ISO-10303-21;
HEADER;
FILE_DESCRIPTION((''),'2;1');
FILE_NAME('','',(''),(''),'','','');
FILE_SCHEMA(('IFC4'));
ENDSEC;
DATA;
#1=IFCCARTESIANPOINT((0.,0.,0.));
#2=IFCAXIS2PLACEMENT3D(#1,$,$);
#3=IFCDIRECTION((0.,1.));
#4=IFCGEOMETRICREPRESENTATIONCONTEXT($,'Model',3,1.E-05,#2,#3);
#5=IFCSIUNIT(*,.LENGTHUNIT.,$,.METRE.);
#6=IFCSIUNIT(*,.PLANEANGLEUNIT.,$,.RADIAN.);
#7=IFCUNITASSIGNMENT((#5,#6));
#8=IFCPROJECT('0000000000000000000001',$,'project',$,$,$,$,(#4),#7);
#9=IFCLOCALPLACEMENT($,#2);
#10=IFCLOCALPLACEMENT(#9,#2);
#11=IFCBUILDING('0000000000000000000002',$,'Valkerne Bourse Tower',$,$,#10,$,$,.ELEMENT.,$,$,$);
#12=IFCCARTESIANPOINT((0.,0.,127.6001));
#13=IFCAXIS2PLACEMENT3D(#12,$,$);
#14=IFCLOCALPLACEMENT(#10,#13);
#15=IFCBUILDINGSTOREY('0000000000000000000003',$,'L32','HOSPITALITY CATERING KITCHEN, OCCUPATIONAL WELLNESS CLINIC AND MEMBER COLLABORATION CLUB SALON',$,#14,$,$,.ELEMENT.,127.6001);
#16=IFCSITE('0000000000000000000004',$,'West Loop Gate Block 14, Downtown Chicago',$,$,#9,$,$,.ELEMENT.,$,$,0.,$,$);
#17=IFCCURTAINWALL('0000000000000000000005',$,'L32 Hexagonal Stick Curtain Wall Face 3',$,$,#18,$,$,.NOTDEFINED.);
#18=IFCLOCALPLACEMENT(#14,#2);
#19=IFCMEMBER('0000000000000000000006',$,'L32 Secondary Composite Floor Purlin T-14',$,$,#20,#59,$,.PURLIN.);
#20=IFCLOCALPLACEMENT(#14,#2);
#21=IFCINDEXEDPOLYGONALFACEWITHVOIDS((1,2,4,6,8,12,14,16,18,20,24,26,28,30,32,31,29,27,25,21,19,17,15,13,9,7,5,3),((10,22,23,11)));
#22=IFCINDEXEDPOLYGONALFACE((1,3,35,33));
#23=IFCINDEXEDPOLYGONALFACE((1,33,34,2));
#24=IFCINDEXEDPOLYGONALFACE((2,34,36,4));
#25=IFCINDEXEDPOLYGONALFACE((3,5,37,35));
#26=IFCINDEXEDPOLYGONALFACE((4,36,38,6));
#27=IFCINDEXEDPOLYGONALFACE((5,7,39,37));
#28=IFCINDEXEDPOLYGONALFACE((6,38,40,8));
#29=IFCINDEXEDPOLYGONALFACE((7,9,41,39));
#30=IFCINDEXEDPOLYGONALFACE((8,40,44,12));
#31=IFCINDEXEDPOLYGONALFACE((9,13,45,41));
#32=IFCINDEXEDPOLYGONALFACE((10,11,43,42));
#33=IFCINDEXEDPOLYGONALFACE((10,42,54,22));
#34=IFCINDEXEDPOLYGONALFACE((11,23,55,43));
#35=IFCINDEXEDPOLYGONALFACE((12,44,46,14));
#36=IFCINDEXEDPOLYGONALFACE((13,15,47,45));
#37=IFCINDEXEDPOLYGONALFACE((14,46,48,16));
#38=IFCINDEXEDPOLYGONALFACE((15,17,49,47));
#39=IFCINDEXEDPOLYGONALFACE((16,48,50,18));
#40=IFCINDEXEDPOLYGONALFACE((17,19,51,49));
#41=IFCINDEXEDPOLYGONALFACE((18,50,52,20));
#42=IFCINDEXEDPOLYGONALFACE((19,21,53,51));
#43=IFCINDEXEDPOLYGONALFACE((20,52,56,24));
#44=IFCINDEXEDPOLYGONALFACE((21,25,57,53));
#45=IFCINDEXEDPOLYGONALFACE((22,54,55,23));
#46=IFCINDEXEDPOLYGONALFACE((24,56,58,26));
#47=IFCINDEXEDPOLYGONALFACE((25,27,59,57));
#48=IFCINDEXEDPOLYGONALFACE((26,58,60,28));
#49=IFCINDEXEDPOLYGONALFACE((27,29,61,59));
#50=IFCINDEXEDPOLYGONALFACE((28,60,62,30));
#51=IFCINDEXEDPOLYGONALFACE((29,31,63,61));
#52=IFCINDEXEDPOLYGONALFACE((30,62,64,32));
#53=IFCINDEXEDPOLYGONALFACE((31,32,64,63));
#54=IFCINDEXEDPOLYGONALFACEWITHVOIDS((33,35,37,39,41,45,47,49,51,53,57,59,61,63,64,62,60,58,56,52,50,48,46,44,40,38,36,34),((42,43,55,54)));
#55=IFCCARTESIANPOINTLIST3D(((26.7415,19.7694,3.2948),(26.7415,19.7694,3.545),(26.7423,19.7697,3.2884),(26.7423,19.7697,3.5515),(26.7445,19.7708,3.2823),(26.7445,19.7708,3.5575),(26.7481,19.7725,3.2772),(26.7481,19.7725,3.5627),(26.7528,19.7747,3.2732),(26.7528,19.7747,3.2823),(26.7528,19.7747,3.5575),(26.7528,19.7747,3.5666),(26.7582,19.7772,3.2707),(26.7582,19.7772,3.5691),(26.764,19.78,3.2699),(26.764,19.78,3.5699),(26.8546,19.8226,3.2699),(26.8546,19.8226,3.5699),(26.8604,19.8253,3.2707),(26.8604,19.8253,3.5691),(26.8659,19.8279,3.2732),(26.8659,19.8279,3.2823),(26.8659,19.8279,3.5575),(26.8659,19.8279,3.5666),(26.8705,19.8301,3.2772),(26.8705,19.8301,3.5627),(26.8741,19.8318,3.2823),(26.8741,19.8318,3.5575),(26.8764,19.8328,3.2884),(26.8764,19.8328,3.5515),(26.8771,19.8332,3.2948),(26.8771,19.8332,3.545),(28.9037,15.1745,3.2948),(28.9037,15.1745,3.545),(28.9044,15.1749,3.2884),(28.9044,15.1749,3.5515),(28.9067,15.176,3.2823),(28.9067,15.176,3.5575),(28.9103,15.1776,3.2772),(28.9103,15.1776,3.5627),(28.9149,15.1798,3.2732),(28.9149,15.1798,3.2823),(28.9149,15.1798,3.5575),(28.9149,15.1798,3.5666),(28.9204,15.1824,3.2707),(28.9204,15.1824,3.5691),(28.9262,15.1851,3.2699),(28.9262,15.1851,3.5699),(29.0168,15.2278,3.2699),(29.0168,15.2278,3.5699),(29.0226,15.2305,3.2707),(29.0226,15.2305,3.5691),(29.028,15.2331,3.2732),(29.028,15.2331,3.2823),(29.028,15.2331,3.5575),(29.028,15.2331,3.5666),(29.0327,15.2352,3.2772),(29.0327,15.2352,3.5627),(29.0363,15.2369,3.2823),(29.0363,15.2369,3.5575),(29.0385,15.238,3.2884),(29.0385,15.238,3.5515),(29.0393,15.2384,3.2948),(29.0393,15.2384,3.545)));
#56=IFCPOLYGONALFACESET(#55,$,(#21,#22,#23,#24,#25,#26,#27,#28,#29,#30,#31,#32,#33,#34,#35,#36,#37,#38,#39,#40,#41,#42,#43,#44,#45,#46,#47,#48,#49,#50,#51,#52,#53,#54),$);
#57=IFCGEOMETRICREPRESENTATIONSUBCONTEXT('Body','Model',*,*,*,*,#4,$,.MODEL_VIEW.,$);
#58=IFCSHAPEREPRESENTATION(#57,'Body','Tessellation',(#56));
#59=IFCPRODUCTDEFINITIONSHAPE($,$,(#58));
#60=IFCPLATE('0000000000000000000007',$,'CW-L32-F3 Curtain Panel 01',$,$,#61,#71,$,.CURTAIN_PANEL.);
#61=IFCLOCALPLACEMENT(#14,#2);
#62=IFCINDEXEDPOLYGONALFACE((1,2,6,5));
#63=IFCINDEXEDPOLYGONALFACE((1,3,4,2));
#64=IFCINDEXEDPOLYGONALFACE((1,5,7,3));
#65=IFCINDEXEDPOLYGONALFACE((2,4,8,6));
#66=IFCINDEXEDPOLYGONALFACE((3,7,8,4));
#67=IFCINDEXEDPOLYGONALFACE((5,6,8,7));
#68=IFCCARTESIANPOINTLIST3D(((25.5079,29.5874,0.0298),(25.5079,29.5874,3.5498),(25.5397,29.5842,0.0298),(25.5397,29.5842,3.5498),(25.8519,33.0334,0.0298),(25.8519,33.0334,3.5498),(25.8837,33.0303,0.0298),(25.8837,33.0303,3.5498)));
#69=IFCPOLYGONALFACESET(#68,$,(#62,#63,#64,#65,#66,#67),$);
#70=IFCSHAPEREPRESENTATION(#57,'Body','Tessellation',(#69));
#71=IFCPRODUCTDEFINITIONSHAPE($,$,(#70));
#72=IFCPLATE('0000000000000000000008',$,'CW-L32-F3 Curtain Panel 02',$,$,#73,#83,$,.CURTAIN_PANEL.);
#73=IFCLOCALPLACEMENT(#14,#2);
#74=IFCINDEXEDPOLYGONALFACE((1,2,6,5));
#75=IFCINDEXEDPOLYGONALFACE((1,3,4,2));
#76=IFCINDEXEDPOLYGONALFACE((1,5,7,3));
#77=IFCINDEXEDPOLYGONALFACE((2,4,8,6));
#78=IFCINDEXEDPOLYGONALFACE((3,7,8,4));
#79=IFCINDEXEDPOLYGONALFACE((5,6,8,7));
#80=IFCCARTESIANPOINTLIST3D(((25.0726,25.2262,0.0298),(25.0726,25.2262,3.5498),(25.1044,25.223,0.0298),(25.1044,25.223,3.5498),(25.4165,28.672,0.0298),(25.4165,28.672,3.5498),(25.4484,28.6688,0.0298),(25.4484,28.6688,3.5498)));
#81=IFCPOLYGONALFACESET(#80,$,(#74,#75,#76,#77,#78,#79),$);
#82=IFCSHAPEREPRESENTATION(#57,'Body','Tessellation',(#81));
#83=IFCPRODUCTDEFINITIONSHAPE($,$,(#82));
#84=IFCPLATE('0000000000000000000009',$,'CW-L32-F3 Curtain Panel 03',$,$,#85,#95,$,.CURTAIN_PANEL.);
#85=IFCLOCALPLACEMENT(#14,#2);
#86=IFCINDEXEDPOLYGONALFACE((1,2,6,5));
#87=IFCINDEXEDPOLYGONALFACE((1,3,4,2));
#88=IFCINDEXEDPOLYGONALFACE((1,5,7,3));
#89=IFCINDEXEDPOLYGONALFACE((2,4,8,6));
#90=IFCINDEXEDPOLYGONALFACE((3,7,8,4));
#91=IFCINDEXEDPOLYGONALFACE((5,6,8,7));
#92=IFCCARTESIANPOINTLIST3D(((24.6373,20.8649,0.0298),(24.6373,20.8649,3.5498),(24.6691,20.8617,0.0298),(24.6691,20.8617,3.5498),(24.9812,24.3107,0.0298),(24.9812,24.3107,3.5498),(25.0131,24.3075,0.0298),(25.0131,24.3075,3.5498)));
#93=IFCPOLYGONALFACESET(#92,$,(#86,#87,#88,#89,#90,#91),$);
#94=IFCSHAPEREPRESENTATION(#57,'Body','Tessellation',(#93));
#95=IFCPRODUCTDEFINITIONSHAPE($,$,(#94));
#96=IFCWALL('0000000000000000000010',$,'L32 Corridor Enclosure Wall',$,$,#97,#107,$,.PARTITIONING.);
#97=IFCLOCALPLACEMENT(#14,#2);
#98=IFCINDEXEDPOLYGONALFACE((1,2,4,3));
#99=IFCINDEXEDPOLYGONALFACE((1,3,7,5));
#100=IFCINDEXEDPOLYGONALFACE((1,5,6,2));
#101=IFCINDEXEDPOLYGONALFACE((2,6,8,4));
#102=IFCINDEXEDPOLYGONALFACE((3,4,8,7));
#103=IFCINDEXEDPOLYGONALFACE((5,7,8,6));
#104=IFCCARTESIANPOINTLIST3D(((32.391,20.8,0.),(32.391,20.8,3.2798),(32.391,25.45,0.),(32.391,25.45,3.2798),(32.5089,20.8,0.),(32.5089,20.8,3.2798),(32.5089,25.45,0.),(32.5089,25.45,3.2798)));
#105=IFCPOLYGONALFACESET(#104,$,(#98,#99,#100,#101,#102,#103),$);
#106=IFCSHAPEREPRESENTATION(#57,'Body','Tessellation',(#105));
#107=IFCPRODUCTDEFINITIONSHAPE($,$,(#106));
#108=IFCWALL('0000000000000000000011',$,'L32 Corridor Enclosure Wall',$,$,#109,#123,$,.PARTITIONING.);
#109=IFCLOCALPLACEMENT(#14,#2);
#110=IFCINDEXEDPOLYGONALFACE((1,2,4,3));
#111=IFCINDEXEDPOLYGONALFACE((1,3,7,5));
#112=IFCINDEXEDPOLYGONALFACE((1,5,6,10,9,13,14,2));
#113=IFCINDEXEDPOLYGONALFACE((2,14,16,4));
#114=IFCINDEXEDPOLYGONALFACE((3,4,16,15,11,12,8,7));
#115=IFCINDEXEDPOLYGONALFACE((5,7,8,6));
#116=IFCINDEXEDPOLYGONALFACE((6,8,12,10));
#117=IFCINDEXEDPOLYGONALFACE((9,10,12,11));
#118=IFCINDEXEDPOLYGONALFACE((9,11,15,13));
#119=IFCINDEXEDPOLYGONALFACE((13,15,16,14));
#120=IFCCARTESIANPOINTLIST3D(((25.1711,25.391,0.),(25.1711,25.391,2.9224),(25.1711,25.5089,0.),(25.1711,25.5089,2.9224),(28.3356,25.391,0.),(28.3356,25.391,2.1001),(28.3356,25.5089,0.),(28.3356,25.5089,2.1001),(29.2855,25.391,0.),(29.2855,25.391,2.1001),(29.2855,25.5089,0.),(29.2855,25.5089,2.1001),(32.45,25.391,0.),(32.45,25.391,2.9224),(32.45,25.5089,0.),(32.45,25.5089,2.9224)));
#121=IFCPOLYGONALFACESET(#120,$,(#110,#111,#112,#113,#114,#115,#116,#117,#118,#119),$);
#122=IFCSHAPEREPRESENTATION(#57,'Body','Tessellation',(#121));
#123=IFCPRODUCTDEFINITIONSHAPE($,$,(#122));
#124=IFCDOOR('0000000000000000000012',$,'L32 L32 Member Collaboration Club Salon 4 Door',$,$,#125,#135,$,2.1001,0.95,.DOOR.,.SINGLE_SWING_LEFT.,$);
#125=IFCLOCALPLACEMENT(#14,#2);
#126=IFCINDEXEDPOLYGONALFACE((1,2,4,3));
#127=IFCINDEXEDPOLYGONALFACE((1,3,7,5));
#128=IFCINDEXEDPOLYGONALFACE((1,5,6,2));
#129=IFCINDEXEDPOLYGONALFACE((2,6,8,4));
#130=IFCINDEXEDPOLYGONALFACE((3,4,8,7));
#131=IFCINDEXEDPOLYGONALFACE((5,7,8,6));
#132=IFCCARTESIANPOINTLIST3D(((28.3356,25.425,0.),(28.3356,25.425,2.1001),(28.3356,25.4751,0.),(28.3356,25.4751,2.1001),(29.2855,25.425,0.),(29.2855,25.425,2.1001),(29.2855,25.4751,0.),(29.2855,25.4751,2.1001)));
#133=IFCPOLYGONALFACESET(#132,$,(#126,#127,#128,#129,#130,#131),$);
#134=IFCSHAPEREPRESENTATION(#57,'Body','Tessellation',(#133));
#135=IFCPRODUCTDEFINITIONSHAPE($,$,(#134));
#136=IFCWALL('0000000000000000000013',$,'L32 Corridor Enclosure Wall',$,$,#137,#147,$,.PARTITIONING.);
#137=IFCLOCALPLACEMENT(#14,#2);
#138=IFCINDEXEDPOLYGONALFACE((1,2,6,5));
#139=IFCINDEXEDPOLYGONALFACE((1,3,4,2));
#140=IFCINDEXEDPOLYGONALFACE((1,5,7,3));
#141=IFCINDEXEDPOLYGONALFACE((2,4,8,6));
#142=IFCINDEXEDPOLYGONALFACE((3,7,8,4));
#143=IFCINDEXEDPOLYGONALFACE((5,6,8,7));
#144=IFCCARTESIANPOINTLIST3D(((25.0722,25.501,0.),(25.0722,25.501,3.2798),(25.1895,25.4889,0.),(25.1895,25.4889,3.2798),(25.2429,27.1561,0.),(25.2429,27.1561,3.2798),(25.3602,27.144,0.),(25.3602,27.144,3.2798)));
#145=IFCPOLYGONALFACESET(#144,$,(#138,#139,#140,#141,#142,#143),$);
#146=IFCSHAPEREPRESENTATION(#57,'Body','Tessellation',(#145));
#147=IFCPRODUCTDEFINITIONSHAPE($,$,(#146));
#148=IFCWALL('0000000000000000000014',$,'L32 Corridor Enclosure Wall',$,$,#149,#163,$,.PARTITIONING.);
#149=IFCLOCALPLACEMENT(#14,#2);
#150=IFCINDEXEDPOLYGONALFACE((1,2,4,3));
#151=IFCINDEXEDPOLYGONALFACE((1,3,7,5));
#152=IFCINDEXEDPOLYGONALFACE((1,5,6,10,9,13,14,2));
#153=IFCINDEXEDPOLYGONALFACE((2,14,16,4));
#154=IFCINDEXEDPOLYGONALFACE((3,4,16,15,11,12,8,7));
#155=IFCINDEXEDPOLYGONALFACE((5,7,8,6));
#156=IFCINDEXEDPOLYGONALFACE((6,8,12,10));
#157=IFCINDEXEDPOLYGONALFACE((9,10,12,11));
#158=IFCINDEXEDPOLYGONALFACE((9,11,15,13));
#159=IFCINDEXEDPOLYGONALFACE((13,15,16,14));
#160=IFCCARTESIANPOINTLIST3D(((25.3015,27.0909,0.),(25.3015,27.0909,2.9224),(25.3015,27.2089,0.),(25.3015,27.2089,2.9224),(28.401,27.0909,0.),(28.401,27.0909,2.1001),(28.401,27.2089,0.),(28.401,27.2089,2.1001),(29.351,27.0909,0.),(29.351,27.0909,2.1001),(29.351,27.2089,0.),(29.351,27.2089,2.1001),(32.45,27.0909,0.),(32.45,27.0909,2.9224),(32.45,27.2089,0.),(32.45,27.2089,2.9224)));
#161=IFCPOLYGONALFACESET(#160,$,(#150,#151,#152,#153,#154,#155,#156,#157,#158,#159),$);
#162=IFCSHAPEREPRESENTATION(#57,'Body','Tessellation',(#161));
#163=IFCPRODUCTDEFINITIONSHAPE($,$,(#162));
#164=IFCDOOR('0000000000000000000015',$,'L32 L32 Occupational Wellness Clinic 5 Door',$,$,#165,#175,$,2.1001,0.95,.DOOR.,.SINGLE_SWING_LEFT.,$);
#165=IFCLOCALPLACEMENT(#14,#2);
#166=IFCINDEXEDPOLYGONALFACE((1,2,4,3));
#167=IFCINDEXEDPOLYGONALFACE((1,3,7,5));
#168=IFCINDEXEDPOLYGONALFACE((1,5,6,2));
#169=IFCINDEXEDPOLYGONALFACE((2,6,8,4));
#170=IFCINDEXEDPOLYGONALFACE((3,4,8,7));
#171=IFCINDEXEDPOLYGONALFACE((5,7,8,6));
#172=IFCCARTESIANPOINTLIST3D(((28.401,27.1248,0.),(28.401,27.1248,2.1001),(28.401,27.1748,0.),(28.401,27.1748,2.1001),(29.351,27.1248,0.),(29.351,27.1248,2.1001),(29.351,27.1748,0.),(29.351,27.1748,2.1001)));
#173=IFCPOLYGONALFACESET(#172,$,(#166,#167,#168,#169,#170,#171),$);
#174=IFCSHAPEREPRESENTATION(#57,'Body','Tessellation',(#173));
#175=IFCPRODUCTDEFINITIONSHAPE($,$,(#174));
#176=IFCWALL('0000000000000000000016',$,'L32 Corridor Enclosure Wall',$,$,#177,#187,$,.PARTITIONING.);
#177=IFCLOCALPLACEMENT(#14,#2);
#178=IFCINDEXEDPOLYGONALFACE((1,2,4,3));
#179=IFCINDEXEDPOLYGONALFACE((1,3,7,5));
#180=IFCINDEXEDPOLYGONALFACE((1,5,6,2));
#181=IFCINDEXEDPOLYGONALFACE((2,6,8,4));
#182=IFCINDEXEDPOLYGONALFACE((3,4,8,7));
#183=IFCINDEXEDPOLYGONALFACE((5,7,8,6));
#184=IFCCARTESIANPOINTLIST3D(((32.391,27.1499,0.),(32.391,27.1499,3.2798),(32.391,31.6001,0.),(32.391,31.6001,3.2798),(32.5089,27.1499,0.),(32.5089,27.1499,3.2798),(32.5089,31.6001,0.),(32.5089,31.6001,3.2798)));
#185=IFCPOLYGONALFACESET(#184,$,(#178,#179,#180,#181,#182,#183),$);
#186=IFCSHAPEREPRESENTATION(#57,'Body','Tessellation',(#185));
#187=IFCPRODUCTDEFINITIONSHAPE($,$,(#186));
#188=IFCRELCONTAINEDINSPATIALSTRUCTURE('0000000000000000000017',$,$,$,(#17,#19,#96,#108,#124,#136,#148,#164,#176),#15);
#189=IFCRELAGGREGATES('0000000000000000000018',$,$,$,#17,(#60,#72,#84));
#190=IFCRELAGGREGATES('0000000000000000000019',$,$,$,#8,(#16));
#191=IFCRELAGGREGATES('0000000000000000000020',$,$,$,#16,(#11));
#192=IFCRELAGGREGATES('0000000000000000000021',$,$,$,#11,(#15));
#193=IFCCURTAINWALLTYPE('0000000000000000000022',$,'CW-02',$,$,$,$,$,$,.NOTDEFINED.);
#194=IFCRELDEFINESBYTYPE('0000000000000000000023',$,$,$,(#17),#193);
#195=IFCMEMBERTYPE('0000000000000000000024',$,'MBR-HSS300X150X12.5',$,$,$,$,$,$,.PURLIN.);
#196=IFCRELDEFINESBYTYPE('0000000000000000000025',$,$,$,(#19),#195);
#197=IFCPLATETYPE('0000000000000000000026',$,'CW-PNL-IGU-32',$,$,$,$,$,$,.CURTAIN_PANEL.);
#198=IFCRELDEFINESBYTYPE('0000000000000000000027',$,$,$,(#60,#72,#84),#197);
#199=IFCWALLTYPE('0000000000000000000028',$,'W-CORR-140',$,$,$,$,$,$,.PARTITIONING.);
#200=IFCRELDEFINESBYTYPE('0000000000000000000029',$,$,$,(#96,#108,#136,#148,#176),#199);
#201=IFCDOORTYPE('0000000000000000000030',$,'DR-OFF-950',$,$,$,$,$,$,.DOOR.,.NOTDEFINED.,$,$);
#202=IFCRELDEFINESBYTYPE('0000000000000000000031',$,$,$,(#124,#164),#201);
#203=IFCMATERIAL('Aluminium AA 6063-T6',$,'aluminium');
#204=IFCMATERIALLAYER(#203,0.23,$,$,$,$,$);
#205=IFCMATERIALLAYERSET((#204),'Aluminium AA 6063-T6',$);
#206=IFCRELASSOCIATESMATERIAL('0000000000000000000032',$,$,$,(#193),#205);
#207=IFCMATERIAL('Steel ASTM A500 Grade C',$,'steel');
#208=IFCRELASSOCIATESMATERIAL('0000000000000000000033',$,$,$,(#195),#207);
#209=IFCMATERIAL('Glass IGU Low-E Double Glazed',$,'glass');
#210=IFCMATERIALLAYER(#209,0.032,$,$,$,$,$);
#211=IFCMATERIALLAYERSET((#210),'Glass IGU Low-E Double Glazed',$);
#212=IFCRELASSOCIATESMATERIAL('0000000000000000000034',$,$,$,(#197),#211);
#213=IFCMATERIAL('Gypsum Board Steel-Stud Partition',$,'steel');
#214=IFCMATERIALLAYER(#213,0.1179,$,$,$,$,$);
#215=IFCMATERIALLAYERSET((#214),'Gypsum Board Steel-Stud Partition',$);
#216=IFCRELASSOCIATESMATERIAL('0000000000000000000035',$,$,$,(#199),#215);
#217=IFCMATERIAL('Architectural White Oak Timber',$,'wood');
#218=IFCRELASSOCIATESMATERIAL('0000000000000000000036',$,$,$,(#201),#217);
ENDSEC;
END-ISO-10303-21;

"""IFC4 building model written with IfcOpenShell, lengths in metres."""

from ifc_helpers import new_model, si_unit, direction, frame, frame_2d, origin, origin_2d, place, context, subcontext, project, spatial, rectangle, hollow_rectangle, extrude, material, layer, layer_set, material_profile, profile_set, type_object, element, fill, aggregate, save


model = new_model("IFC4")

# Units and contexts
model_context = context("Model", 3, precision=1e-05, world=origin(), true_north=direction((0.0, 1.0)))
body_context = subcontext(model_context, "Body", "Model", "MODEL_VIEW")
ifc_project = project(units=[si_unit("LENGTHUNIT", "METRE"), si_unit("PLANEANGLEUNIT", "RADIAN")], contexts=[model_context])

# Site, building, storey
site_placement = place(None, origin())
site = spatial("IfcSite", under=ifc_project, at=site_placement, Name="West Loop Gate Block 14, Downtown Chicago", CompositionType="ELEMENT", RefElevation=0.0)
building_placement = place(site_placement, origin())
building = spatial("IfcBuilding", under=site, at=building_placement, Name="Valkerne Bourse Tower", CompositionType="ELEMENT")
storey_placement = place(building_placement, frame((0.0, 0.0, 127.6001)))
storey = spatial("IfcBuildingStorey", under=building, at=storey_placement, Name="L32", Description="HOSPITALITY CATERING KITCHEN, OCCUPATIONAL WELLNESS CLINIC AND MEMBER COLLABORATION CLUB SALON", CompositionType="ELEMENT", Elevation=127.6001)

# Curtain wall
ifc_material_1 = material(Name="Aluminium AA 6063-T6", Category="aluminium")
ifc_layer_1 = layer(ifc_material_1, 0.23)
ifc_layer_set_1 = layer_set([ifc_layer_1], Name="Aluminium AA 6063-T6")
curtain_wall_type = type_object("IfcCurtainWallType", Name="CW-02", PredefinedType="NOTDEFINED", material=ifc_layer_set_1)
curtain_wall_placement = place(storey_placement, origin())
curtain_wall = element("IfcCurtainWall", 1, at=curtain_wall_placement, inside=storey, type_object=curtain_wall_type, Name="L32 Hexagonal Stick Curtain Wall Face 3", PredefinedType="NOTDEFINED")

# Member
ifc_material_2 = material(Name="Steel ASTM A500 Grade C", Category="steel")
ifc_material_profile_1 = material_profile(ifc_material_2, hollow_rectangle(XDim=0.1499, YDim=0.3, WallThickness=0.0125, OuterFilletRadius=0.0249, at=origin_2d()), Name="HSS300X150X12.5")
ifc_profile_set_1 = profile_set([ifc_material_profile_1], Name="Steel ASTM A500 Grade C")
member_type_1 = type_object("IfcMemberType", Name="MBR-HSS300X150X12.5", PredefinedType="PURLIN", material=ifc_profile_set_1)
member_1_placement = place(storey_placement, frame((26.8093, 19.8013, 3.4199), z_axis=(0.425779, -0.904827, 0.0), x_axis=(0.904827, 0.425779, 0.0)))
element("IfcMember", 2, at=member_1_placement, inside=storey, type_object=member_type_1, Name="L32 Secondary Composite Floor Purlin T-14", PredefinedType="PURLIN", context=body_context, shape_type="SweptSolid", body=[
    extrude(hollow_rectangle(XDim=0.1499, YDim=0.3, WallThickness=0.0125, OuterFilletRadius=0.0249, at=origin_2d()), origin(), (0.0, 0.0, 1.0), 5.0781),
])

# Plates
ifc_material_3 = material(Name="Glass IGU Low-E Double Glazed", Category="glass")
ifc_layer_2 = layer(ifc_material_3, 0.032)
ifc_layer_set_2 = layer_set([ifc_layer_2], Name="Glass IGU Low-E Double Glazed")
plate_type = type_object("IfcPlateType", Name="CW-PNL-IGU-32", PredefinedType="CURTAIN_PANEL", material=ifc_layer_set_2)
plate_1_placement = place(storey_placement, frame((25.6958, 31.3088, 0.0298), z_axis=(0.0, 0.0, 1.0), x_axis=(-0.099337, -0.995054, 0.0)))
plate_1 = element("IfcPlate", 3, at=plate_1_placement, type_object=plate_type, Name="CW-L32-F3 Curtain Panel 01", PredefinedType="CURTAIN_PANEL", context=body_context, shape_type="SweptSolid", body=[
    extrude(rectangle(XDim=3.4631, YDim=0.032, at=origin_2d()), origin(), (0.0, 0.0, 1.0), 3.52),
])
plate_2_placement = place(storey_placement, frame((25.2605, 26.9475, 0.0298), z_axis=(0.0, 0.0, 1.0), x_axis=(-0.099316, -0.995056, 0.0)))
plate_2 = element("IfcPlate", 4, at=plate_2_placement, type_object=plate_type, Name="CW-L32-F3 Curtain Panel 02", PredefinedType="CURTAIN_PANEL", context=body_context, shape_type="SweptSolid", body=[
    extrude(rectangle(XDim=3.4629, YDim=0.032, at=origin_2d()), origin(), (0.0, 0.0, 1.0), 3.52),
])
plate_3_placement = place(storey_placement, frame((24.8252, 22.5862, 0.0298), z_axis=(0.0, 0.0, 1.0), x_axis=(-0.099316, -0.995056, 0.0)))
plate_3 = element("IfcPlate", 5, at=plate_3_placement, type_object=plate_type, Name="CW-L32-F3 Curtain Panel 03", PredefinedType="CURTAIN_PANEL", context=body_context, shape_type="SweptSolid", body=[
    extrude(rectangle(XDim=3.4629, YDim=0.032, at=origin_2d()), origin(), (0.0, 0.0, 1.0), 3.52),
])
aggregate(curtain_wall, [plate_1, plate_2, plate_3])

# Wall
ifc_material_4 = material(Name="Gypsum Board Steel-Stud Partition", Category="steel")
ifc_layer_3 = layer(ifc_material_4, 0.1179)
ifc_layer_set_3 = layer_set([ifc_layer_3], Name="Gypsum Board Steel-Stud Partition")
wall_type_1 = type_object("IfcWallType", Name="W-CORR-140", PredefinedType="PARTITIONING", material=ifc_layer_set_3)
wall_1_placement = place(storey_placement, frame((32.45, 20.8, 0.0), z_axis=(0.0, 0.0, 1.0), x_axis=(0.0, 1.0, 0.0)))
element("IfcWall", 6, at=wall_1_placement, inside=storey, type_object=wall_type_1, Name="L32 Corridor Enclosure Wall", PredefinedType="PARTITIONING", context=body_context, shape_type="SweptSolid", body=[
    extrude(rectangle(XDim=4.6499, YDim=0.1179, at=frame_2d((2.325, 0.0))), origin(), (0.0, 0.0, 1.0), 3.2798),
])

# Wall, opening, door
wall_2_placement = place(storey_placement, frame((32.45, 25.45, 0.0), z_axis=(0.0, 0.0, 1.0), x_axis=(-1.0, 0.0, 0.0)))
wall_2 = element("IfcWall", 7, at=wall_2_placement, inside=storey, type_object=wall_type_1, Name="L32 Corridor Enclosure Wall", PredefinedType="PARTITIONING", context=body_context, shape_type="SweptSolid", body=[
    extrude(rectangle(XDim=7.2788, YDim=0.1179, at=frame_2d((3.6394, 0.0))), origin(), (0.0, 0.0, 1.0), 2.9224),
])
opening_1_placement = place(wall_2_placement, frame((3.1643, 0.0, 0.0)))
opening_1 = element("IfcOpeningElement", 8, at=opening_1_placement, cuts=wall_2, PredefinedType="OPENING", context=body_context, shape_type="SweptSolid", body=[
    extrude(rectangle(XDim=0.95, YDim=2.1001, at=frame_2d((0.4751, 1.05))), frame((0.0, 0.0688, 0.0), z_axis=(0.0, -1.0, 0.0), x_axis=(1.0, 0.0, 0.0)), (0.0, 0.0, 1.0), 0.1379),
])
ifc_material_5 = material(Name="Architectural White Oak Timber", Category="wood")
door_type = type_object("IfcDoorType", Name="DR-OFF-950", OperationType="NOTDEFINED", PredefinedType="DOOR", material=ifc_material_5)
door_1_placement = place(opening_1_placement, origin())
door_1 = element("IfcDoor", 9, at=door_1_placement, inside=storey, type_object=door_type, Name="L32 L32 Member Collaboration Club Salon 4 Door", OperationType="SINGLE_SWING_LEFT", OverallHeight=2.1001, OverallWidth=0.95, PredefinedType="DOOR", context=body_context, shape_type="SweptSolid", body=[
    extrude(rectangle(XDim=0.95, YDim=2.1001, at=frame_2d((0.4751, 1.05))), frame((0.0, 0.0249, 0.0), z_axis=(0.0, -1.0, 0.0), x_axis=(1.0, 0.0, 0.0)), (0.0, 0.0, 1.0), 0.05),
])
fill(opening_1, door_1)

# Wall
wall_3_placement = place(storey_placement, frame((25.1309, 25.4949, 0.0), z_axis=(0.0, 0.0, 1.0), x_axis=(0.102569, 0.994726, 0.0)))
element("IfcWall", 10, at=wall_3_placement, inside=storey, type_object=wall_type_1, Name="L32 Corridor Enclosure Wall", PredefinedType="PARTITIONING", context=body_context, shape_type="SweptSolid", body=[
    extrude(rectangle(XDim=1.6638, YDim=0.1179, at=frame_2d((0.832, 0.0))), origin(), (0.0, 0.0, 1.0), 3.2798),
])

# Wall, opening, door
wall_4_placement = place(storey_placement, frame((25.3015, 27.1499, 0.0), z_axis=(0.0, 0.0, 1.0), x_axis=(1.0, 0.0, 0.0)))
wall_4 = element("IfcWall", 11, at=wall_4_placement, inside=storey, type_object=wall_type_1, Name="L32 Corridor Enclosure Wall", PredefinedType="PARTITIONING", context=body_context, shape_type="SweptSolid", body=[
    extrude(rectangle(XDim=7.1484, YDim=0.1179, at=frame_2d((3.5742, 0.0))), origin(), (0.0, 0.0, 1.0), 2.9224),
])
opening_2_placement = place(wall_4_placement, frame((3.0994, 0.0, 0.0)))
opening_2 = element("IfcOpeningElement", 12, at=opening_2_placement, cuts=wall_4, PredefinedType="OPENING", context=body_context, shape_type="SweptSolid", body=[
    extrude(rectangle(XDim=0.95, YDim=2.1001, at=frame_2d((0.4751, 1.05))), frame((0.0, 0.0688, 0.0), z_axis=(0.0, -1.0, 0.0), x_axis=(1.0, 0.0, 0.0)), (0.0, 0.0, 1.0), 0.1379),
])
door_2_placement = place(opening_2_placement, origin())
door_2 = element("IfcDoor", 13, at=door_2_placement, inside=storey, type_object=door_type, Name="L32 L32 Occupational Wellness Clinic 5 Door", OperationType="SINGLE_SWING_LEFT", OverallHeight=2.1001, OverallWidth=0.95, PredefinedType="DOOR", context=body_context, shape_type="SweptSolid", body=[
    extrude(rectangle(XDim=0.95, YDim=2.1001, at=frame_2d((0.4751, 1.05))), frame((0.0, 0.0249, 0.0), z_axis=(0.0, -1.0, 0.0), x_axis=(1.0, 0.0, 0.0)), (0.0, 0.0, 1.0), 0.05),
])
fill(opening_2, door_2)

# Wall
wall_5_placement = place(storey_placement, frame((32.45, 27.1499, 0.0), z_axis=(0.0, 0.0, 1.0), x_axis=(0.0, 1.0, 0.0)))
element("IfcWall", 14, at=wall_5_placement, inside=storey, type_object=wall_type_1, Name="L32 Corridor Enclosure Wall", PredefinedType="PARTITIONING", context=body_context, shape_type="SweptSolid", body=[
    extrude(rectangle(XDim=4.4502, YDim=0.1179, at=frame_2d((2.2251, 0.0))), origin(), (0.0, 0.0, 1.0), 3.2798),
])

save(model, "model.ifc")
